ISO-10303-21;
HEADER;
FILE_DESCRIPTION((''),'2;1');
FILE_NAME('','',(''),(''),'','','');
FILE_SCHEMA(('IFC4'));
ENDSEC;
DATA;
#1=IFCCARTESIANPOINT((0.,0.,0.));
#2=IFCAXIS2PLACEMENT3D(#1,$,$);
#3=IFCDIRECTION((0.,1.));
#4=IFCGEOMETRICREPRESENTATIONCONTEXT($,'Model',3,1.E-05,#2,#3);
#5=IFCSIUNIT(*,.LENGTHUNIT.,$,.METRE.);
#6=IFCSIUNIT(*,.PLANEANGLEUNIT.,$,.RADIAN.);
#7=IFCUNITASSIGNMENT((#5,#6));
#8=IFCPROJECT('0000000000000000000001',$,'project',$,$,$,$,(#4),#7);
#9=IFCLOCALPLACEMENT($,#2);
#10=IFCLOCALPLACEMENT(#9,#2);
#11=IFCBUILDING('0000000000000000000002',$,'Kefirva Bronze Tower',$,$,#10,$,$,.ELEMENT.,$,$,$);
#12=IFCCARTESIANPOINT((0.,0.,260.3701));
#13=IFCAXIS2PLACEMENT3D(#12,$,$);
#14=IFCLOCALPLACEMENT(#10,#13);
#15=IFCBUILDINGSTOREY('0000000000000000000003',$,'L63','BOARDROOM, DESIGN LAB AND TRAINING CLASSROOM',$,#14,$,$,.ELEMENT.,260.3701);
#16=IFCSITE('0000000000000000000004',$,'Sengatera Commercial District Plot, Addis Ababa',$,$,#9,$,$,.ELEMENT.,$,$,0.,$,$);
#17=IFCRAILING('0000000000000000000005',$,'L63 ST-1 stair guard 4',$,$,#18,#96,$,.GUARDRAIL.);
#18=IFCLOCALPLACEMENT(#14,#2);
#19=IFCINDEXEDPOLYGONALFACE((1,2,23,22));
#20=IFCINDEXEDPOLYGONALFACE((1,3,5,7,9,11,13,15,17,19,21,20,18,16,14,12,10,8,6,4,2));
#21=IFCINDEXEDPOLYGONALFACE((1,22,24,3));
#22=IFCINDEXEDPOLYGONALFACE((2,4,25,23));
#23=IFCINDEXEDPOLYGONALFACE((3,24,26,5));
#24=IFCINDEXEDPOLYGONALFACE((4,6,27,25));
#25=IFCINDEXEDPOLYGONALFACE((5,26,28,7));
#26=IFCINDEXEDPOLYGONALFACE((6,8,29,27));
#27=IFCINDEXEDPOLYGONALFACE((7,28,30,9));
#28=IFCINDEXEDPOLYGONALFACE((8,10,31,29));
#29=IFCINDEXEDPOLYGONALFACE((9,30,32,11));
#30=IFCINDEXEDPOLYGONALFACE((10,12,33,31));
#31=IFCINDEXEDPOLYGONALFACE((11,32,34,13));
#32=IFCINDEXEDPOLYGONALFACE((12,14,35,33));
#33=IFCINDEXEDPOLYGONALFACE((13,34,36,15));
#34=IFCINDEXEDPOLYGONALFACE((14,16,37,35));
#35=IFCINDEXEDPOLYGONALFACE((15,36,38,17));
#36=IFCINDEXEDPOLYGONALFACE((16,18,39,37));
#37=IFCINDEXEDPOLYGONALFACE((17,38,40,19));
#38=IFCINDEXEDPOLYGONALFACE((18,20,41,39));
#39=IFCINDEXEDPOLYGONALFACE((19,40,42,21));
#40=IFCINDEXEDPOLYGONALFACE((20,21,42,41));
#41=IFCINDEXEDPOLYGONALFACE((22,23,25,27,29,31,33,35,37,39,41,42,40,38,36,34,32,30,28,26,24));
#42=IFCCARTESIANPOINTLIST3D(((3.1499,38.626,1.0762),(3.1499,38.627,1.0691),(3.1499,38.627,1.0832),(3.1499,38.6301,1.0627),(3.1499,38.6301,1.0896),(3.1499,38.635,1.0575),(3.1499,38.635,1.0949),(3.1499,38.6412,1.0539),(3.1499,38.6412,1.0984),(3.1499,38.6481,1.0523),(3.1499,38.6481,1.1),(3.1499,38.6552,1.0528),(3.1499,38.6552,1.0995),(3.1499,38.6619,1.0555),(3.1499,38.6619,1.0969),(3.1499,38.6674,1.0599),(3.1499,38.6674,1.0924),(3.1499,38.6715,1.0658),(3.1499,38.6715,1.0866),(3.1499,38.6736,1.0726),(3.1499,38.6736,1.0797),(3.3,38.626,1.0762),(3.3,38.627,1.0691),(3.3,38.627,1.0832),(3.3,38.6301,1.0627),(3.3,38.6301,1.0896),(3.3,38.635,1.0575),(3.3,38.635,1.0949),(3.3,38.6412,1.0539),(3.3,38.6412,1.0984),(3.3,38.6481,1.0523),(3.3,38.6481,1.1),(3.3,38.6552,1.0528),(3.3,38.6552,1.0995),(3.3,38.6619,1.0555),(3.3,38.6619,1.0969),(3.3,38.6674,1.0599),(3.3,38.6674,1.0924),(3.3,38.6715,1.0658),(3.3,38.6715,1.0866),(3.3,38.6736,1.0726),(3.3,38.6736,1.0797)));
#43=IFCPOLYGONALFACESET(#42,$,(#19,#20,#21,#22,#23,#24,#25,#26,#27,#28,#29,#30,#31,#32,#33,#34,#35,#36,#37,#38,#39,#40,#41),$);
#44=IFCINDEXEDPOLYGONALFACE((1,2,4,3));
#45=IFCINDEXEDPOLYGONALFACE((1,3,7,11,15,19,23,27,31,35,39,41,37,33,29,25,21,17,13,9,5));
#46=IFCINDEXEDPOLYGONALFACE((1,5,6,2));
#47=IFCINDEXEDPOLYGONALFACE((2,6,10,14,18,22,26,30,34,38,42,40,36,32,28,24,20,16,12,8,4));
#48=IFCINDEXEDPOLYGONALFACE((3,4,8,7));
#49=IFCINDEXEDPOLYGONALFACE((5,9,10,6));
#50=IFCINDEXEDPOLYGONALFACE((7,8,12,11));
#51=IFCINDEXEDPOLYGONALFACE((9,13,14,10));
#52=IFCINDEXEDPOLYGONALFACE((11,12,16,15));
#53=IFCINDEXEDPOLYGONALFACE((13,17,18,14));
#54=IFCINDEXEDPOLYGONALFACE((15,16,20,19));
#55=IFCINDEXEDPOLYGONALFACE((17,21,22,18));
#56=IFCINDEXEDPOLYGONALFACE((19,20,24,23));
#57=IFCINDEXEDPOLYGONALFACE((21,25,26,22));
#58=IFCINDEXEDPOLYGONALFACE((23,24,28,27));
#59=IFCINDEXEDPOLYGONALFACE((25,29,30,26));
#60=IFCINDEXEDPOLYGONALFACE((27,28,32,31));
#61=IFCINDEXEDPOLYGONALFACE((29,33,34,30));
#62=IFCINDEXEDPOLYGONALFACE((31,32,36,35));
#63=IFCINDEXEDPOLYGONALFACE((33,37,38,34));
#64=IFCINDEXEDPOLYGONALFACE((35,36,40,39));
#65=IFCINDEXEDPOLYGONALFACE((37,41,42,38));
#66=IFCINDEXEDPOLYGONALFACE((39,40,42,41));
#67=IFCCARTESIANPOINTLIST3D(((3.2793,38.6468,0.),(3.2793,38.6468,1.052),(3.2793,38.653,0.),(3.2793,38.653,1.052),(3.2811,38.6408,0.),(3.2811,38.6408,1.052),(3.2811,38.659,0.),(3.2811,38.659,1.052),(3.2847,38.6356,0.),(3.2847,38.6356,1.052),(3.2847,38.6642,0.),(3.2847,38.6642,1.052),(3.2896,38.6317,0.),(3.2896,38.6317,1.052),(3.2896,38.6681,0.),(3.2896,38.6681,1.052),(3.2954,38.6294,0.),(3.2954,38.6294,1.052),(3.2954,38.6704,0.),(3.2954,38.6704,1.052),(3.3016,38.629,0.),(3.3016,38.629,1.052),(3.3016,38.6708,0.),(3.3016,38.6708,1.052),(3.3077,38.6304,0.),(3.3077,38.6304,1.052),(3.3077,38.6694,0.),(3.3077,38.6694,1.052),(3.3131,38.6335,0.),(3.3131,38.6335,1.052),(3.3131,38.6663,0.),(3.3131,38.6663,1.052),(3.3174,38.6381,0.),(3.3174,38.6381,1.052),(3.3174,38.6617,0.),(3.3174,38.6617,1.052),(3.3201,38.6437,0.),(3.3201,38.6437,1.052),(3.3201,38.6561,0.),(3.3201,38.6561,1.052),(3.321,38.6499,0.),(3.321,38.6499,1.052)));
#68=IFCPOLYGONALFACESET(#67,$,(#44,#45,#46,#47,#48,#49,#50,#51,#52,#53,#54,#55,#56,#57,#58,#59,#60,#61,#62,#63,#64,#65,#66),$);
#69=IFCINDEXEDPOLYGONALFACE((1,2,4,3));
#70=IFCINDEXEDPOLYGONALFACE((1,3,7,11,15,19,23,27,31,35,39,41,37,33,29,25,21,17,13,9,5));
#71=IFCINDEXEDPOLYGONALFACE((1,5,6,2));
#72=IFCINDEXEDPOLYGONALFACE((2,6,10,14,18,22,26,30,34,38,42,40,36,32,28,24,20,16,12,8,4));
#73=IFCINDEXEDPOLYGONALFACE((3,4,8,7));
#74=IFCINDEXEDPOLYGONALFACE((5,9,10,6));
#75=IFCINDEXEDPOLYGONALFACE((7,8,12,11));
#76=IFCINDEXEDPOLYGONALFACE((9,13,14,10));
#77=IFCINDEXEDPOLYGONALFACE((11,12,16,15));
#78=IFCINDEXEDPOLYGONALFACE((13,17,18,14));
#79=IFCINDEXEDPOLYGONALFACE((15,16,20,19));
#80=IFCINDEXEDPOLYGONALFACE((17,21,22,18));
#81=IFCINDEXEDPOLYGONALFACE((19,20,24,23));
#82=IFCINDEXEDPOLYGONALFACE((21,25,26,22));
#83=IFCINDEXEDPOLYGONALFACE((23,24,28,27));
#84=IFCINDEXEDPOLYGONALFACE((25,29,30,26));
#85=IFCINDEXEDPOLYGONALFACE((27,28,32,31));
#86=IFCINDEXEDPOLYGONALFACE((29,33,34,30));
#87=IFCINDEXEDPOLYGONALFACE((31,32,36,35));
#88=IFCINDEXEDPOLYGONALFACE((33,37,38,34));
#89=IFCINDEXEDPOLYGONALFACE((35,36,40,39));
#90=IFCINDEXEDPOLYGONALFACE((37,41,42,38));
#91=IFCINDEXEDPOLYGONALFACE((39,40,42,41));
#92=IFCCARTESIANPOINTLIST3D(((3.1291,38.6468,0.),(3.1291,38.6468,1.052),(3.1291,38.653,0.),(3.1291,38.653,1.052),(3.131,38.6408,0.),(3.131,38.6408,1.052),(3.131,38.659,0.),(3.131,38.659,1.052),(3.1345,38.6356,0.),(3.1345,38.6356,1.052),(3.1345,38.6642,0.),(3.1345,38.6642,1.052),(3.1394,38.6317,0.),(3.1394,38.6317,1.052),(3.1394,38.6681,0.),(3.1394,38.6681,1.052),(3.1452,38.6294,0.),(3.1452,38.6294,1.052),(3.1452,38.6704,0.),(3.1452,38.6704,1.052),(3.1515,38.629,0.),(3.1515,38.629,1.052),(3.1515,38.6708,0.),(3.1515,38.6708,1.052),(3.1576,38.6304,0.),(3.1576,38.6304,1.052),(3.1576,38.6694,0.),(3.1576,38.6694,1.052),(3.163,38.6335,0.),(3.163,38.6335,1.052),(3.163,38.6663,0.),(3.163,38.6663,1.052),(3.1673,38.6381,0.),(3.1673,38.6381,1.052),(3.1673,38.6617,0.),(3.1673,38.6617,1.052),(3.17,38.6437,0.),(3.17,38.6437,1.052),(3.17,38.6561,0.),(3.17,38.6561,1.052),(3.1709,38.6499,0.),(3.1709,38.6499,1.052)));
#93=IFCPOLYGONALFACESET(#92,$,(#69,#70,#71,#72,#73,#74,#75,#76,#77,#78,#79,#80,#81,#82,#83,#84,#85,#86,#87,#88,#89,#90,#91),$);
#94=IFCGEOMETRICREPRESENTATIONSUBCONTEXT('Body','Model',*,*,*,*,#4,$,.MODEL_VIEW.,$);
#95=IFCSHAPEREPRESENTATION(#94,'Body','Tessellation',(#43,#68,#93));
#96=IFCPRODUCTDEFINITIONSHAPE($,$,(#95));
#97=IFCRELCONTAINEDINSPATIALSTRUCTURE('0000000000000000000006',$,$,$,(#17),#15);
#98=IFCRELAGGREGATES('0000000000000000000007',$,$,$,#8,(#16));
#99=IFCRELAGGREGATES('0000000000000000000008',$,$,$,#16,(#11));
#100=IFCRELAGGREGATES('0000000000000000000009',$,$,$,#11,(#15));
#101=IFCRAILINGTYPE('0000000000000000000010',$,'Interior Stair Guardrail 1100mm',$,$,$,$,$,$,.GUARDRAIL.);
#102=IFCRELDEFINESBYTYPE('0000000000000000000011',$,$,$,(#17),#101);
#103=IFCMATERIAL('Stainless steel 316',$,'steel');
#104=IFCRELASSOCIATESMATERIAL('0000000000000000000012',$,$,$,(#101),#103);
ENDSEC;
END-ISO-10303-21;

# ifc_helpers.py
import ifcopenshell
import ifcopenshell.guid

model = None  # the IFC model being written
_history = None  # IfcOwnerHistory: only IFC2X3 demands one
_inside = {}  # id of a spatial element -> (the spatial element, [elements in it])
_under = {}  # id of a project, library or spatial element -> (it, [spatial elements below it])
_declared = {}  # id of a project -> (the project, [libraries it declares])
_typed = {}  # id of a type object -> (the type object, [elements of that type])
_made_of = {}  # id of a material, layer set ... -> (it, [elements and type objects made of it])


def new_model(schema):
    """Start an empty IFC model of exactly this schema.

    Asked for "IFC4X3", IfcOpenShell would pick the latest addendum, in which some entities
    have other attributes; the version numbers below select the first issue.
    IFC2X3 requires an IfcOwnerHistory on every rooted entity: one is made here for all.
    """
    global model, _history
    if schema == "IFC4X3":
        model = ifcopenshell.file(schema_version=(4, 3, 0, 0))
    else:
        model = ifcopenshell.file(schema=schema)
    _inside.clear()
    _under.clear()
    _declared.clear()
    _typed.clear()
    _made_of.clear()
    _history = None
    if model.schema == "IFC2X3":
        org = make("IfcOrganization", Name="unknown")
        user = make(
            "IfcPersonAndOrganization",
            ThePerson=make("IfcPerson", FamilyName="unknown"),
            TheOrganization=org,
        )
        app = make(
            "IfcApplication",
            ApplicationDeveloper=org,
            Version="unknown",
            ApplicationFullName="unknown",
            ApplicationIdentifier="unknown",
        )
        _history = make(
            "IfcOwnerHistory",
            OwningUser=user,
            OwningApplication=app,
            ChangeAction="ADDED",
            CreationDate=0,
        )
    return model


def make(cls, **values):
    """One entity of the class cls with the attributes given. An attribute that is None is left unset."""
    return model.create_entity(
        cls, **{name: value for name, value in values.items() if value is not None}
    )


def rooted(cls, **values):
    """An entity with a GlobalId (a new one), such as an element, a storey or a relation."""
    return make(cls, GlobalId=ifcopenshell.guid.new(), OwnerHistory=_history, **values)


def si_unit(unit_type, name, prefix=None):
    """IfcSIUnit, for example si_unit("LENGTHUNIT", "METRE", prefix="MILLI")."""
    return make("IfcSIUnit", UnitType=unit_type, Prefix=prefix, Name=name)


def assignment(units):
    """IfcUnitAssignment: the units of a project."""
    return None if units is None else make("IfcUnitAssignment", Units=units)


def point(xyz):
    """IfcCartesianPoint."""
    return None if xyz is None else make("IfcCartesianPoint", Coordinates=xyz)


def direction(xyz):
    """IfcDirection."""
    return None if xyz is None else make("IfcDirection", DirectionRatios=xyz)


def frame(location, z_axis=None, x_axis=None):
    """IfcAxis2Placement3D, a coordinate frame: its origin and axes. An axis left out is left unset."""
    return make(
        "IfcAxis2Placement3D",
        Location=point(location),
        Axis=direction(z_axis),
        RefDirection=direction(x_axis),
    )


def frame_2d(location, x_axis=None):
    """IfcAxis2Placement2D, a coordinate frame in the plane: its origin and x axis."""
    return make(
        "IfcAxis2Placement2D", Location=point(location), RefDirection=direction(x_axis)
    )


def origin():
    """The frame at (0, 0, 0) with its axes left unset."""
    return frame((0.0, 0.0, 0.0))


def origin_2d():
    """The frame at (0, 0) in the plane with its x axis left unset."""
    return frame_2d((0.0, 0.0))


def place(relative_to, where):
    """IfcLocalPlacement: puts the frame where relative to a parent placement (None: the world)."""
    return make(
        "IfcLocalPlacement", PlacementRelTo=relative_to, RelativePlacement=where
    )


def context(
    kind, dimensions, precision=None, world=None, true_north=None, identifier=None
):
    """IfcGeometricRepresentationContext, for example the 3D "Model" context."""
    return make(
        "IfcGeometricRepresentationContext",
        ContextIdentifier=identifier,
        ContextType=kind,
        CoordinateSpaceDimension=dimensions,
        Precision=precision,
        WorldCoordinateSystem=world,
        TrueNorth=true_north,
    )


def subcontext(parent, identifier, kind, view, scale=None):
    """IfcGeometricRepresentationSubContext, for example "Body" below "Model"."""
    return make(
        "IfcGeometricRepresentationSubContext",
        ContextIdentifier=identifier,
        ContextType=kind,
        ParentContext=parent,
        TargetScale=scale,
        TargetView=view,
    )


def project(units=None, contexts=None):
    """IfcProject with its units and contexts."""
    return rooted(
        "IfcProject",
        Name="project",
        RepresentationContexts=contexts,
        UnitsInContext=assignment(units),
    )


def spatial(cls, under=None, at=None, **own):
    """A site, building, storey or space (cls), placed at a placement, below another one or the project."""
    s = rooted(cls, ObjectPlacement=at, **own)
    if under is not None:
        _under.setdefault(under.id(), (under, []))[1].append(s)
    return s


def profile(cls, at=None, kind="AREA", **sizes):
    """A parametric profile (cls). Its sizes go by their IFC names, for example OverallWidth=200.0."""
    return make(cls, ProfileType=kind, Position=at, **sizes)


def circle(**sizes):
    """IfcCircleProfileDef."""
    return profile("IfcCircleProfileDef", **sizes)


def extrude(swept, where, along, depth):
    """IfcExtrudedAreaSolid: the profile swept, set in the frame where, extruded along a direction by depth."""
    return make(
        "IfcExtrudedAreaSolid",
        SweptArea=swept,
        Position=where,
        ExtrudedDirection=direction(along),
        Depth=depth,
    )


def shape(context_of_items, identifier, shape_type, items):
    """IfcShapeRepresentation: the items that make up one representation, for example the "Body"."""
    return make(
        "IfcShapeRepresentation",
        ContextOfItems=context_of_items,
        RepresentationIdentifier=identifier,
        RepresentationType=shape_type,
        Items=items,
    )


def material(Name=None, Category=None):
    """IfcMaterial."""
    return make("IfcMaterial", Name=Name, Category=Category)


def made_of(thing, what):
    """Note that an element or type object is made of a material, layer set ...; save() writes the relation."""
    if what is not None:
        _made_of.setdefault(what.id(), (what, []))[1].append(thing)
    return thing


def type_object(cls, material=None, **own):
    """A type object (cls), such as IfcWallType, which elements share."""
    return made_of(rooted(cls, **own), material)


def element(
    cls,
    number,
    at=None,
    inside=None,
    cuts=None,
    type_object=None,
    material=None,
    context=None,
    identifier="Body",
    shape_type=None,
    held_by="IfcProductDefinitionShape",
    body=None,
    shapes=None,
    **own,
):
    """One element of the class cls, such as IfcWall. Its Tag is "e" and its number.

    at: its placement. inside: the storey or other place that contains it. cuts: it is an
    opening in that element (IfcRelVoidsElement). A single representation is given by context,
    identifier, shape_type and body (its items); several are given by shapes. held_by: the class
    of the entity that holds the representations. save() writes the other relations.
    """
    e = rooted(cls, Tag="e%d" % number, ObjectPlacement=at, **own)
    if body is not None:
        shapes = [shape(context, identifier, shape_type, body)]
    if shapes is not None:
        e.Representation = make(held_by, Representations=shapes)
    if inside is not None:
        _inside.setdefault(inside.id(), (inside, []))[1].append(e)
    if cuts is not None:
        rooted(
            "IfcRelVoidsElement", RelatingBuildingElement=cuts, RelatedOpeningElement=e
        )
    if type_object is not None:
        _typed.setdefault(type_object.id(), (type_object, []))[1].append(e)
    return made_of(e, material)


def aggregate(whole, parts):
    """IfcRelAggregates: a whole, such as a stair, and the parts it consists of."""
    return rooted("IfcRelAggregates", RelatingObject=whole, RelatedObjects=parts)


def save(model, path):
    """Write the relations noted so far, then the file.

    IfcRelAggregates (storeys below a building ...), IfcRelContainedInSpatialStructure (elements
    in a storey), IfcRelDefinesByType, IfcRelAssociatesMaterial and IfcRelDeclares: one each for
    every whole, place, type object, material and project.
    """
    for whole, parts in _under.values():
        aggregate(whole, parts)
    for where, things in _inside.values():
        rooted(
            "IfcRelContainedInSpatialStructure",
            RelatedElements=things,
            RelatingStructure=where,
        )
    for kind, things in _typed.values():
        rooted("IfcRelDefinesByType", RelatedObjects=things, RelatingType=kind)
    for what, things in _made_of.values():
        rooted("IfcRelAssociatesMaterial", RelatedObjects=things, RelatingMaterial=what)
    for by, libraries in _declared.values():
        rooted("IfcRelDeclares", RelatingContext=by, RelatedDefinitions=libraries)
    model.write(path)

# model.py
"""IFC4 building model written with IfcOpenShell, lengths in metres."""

from ifc_helpers import new_model, si_unit, direction, frame, origin, origin_2d, place, context, subcontext, project, spatial, circle, extrude, material, type_object, element, save


model = new_model("IFC4")

# Units and contexts
model_context = context("Model", 3, precision=1e-05, world=origin(), true_north=direction((0.0, 1.0)))
body_context = subcontext(model_context, "Body", "Model", "MODEL_VIEW")
ifc_project = project(units=[si_unit("LENGTHUNIT", "METRE"), si_unit("PLANEANGLEUNIT", "RADIAN")], contexts=[model_context])

# Site, building, storey
site_placement = place(None, origin())
site = spatial("IfcSite", under=ifc_project, at=site_placement, Name="Sengatera Commercial District Plot, Addis Ababa", CompositionType="ELEMENT", RefElevation=0.0)
building_placement = place(site_placement, origin())
building = spatial("IfcBuilding", under=site, at=building_placement, Name="Kefirva Bronze Tower", CompositionType="ELEMENT")
storey_placement = place(building_placement, frame((0.0, 0.0, 260.3701)))
storey = spatial("IfcBuildingStorey", under=building, at=storey_placement, Name="L63", Description="BOARDROOM, DESIGN LAB AND TRAINING CLASSROOM", CompositionType="ELEMENT", Elevation=260.3701)

# Railing
ifc_material_1 = material(Name="Stainless steel 316", Category="steel")
railing_type_1 = type_object("IfcRailingType", Name="Interior Stair Guardrail 1100mm", PredefinedType="GUARDRAIL", material=ifc_material_1)
railing_1_placement = place(storey_placement, frame((3.3, 38.6499, 0.0)))
element("IfcRailing", 1, at=railing_1_placement, inside=storey, type_object=railing_type_1, Name="L63 ST-1 stair guard 4", PredefinedType="GUARDRAIL", context=body_context, shape_type="SweptSolid", body=[
    extrude(circle(Radius=0.0239, at=origin_2d()), frame((0.0, 0.0, 1.0762), z_axis=(-1.0, 0.0, 0.0), x_axis=(0.0, -1.0, 0.0)), (0.0, 0.0, 1.0), 0.1501),
    extrude(circle(Radius=0.021, at=origin_2d()), origin(), (0.0, 0.0, 1.0), 1.052),
    extrude(circle(Radius=0.021, at=origin_2d()), frame((-0.1501, 0.0, 0.0)), (0.0, 0.0, 1.0), 1.052),
])

save(model, "model.ifc")
